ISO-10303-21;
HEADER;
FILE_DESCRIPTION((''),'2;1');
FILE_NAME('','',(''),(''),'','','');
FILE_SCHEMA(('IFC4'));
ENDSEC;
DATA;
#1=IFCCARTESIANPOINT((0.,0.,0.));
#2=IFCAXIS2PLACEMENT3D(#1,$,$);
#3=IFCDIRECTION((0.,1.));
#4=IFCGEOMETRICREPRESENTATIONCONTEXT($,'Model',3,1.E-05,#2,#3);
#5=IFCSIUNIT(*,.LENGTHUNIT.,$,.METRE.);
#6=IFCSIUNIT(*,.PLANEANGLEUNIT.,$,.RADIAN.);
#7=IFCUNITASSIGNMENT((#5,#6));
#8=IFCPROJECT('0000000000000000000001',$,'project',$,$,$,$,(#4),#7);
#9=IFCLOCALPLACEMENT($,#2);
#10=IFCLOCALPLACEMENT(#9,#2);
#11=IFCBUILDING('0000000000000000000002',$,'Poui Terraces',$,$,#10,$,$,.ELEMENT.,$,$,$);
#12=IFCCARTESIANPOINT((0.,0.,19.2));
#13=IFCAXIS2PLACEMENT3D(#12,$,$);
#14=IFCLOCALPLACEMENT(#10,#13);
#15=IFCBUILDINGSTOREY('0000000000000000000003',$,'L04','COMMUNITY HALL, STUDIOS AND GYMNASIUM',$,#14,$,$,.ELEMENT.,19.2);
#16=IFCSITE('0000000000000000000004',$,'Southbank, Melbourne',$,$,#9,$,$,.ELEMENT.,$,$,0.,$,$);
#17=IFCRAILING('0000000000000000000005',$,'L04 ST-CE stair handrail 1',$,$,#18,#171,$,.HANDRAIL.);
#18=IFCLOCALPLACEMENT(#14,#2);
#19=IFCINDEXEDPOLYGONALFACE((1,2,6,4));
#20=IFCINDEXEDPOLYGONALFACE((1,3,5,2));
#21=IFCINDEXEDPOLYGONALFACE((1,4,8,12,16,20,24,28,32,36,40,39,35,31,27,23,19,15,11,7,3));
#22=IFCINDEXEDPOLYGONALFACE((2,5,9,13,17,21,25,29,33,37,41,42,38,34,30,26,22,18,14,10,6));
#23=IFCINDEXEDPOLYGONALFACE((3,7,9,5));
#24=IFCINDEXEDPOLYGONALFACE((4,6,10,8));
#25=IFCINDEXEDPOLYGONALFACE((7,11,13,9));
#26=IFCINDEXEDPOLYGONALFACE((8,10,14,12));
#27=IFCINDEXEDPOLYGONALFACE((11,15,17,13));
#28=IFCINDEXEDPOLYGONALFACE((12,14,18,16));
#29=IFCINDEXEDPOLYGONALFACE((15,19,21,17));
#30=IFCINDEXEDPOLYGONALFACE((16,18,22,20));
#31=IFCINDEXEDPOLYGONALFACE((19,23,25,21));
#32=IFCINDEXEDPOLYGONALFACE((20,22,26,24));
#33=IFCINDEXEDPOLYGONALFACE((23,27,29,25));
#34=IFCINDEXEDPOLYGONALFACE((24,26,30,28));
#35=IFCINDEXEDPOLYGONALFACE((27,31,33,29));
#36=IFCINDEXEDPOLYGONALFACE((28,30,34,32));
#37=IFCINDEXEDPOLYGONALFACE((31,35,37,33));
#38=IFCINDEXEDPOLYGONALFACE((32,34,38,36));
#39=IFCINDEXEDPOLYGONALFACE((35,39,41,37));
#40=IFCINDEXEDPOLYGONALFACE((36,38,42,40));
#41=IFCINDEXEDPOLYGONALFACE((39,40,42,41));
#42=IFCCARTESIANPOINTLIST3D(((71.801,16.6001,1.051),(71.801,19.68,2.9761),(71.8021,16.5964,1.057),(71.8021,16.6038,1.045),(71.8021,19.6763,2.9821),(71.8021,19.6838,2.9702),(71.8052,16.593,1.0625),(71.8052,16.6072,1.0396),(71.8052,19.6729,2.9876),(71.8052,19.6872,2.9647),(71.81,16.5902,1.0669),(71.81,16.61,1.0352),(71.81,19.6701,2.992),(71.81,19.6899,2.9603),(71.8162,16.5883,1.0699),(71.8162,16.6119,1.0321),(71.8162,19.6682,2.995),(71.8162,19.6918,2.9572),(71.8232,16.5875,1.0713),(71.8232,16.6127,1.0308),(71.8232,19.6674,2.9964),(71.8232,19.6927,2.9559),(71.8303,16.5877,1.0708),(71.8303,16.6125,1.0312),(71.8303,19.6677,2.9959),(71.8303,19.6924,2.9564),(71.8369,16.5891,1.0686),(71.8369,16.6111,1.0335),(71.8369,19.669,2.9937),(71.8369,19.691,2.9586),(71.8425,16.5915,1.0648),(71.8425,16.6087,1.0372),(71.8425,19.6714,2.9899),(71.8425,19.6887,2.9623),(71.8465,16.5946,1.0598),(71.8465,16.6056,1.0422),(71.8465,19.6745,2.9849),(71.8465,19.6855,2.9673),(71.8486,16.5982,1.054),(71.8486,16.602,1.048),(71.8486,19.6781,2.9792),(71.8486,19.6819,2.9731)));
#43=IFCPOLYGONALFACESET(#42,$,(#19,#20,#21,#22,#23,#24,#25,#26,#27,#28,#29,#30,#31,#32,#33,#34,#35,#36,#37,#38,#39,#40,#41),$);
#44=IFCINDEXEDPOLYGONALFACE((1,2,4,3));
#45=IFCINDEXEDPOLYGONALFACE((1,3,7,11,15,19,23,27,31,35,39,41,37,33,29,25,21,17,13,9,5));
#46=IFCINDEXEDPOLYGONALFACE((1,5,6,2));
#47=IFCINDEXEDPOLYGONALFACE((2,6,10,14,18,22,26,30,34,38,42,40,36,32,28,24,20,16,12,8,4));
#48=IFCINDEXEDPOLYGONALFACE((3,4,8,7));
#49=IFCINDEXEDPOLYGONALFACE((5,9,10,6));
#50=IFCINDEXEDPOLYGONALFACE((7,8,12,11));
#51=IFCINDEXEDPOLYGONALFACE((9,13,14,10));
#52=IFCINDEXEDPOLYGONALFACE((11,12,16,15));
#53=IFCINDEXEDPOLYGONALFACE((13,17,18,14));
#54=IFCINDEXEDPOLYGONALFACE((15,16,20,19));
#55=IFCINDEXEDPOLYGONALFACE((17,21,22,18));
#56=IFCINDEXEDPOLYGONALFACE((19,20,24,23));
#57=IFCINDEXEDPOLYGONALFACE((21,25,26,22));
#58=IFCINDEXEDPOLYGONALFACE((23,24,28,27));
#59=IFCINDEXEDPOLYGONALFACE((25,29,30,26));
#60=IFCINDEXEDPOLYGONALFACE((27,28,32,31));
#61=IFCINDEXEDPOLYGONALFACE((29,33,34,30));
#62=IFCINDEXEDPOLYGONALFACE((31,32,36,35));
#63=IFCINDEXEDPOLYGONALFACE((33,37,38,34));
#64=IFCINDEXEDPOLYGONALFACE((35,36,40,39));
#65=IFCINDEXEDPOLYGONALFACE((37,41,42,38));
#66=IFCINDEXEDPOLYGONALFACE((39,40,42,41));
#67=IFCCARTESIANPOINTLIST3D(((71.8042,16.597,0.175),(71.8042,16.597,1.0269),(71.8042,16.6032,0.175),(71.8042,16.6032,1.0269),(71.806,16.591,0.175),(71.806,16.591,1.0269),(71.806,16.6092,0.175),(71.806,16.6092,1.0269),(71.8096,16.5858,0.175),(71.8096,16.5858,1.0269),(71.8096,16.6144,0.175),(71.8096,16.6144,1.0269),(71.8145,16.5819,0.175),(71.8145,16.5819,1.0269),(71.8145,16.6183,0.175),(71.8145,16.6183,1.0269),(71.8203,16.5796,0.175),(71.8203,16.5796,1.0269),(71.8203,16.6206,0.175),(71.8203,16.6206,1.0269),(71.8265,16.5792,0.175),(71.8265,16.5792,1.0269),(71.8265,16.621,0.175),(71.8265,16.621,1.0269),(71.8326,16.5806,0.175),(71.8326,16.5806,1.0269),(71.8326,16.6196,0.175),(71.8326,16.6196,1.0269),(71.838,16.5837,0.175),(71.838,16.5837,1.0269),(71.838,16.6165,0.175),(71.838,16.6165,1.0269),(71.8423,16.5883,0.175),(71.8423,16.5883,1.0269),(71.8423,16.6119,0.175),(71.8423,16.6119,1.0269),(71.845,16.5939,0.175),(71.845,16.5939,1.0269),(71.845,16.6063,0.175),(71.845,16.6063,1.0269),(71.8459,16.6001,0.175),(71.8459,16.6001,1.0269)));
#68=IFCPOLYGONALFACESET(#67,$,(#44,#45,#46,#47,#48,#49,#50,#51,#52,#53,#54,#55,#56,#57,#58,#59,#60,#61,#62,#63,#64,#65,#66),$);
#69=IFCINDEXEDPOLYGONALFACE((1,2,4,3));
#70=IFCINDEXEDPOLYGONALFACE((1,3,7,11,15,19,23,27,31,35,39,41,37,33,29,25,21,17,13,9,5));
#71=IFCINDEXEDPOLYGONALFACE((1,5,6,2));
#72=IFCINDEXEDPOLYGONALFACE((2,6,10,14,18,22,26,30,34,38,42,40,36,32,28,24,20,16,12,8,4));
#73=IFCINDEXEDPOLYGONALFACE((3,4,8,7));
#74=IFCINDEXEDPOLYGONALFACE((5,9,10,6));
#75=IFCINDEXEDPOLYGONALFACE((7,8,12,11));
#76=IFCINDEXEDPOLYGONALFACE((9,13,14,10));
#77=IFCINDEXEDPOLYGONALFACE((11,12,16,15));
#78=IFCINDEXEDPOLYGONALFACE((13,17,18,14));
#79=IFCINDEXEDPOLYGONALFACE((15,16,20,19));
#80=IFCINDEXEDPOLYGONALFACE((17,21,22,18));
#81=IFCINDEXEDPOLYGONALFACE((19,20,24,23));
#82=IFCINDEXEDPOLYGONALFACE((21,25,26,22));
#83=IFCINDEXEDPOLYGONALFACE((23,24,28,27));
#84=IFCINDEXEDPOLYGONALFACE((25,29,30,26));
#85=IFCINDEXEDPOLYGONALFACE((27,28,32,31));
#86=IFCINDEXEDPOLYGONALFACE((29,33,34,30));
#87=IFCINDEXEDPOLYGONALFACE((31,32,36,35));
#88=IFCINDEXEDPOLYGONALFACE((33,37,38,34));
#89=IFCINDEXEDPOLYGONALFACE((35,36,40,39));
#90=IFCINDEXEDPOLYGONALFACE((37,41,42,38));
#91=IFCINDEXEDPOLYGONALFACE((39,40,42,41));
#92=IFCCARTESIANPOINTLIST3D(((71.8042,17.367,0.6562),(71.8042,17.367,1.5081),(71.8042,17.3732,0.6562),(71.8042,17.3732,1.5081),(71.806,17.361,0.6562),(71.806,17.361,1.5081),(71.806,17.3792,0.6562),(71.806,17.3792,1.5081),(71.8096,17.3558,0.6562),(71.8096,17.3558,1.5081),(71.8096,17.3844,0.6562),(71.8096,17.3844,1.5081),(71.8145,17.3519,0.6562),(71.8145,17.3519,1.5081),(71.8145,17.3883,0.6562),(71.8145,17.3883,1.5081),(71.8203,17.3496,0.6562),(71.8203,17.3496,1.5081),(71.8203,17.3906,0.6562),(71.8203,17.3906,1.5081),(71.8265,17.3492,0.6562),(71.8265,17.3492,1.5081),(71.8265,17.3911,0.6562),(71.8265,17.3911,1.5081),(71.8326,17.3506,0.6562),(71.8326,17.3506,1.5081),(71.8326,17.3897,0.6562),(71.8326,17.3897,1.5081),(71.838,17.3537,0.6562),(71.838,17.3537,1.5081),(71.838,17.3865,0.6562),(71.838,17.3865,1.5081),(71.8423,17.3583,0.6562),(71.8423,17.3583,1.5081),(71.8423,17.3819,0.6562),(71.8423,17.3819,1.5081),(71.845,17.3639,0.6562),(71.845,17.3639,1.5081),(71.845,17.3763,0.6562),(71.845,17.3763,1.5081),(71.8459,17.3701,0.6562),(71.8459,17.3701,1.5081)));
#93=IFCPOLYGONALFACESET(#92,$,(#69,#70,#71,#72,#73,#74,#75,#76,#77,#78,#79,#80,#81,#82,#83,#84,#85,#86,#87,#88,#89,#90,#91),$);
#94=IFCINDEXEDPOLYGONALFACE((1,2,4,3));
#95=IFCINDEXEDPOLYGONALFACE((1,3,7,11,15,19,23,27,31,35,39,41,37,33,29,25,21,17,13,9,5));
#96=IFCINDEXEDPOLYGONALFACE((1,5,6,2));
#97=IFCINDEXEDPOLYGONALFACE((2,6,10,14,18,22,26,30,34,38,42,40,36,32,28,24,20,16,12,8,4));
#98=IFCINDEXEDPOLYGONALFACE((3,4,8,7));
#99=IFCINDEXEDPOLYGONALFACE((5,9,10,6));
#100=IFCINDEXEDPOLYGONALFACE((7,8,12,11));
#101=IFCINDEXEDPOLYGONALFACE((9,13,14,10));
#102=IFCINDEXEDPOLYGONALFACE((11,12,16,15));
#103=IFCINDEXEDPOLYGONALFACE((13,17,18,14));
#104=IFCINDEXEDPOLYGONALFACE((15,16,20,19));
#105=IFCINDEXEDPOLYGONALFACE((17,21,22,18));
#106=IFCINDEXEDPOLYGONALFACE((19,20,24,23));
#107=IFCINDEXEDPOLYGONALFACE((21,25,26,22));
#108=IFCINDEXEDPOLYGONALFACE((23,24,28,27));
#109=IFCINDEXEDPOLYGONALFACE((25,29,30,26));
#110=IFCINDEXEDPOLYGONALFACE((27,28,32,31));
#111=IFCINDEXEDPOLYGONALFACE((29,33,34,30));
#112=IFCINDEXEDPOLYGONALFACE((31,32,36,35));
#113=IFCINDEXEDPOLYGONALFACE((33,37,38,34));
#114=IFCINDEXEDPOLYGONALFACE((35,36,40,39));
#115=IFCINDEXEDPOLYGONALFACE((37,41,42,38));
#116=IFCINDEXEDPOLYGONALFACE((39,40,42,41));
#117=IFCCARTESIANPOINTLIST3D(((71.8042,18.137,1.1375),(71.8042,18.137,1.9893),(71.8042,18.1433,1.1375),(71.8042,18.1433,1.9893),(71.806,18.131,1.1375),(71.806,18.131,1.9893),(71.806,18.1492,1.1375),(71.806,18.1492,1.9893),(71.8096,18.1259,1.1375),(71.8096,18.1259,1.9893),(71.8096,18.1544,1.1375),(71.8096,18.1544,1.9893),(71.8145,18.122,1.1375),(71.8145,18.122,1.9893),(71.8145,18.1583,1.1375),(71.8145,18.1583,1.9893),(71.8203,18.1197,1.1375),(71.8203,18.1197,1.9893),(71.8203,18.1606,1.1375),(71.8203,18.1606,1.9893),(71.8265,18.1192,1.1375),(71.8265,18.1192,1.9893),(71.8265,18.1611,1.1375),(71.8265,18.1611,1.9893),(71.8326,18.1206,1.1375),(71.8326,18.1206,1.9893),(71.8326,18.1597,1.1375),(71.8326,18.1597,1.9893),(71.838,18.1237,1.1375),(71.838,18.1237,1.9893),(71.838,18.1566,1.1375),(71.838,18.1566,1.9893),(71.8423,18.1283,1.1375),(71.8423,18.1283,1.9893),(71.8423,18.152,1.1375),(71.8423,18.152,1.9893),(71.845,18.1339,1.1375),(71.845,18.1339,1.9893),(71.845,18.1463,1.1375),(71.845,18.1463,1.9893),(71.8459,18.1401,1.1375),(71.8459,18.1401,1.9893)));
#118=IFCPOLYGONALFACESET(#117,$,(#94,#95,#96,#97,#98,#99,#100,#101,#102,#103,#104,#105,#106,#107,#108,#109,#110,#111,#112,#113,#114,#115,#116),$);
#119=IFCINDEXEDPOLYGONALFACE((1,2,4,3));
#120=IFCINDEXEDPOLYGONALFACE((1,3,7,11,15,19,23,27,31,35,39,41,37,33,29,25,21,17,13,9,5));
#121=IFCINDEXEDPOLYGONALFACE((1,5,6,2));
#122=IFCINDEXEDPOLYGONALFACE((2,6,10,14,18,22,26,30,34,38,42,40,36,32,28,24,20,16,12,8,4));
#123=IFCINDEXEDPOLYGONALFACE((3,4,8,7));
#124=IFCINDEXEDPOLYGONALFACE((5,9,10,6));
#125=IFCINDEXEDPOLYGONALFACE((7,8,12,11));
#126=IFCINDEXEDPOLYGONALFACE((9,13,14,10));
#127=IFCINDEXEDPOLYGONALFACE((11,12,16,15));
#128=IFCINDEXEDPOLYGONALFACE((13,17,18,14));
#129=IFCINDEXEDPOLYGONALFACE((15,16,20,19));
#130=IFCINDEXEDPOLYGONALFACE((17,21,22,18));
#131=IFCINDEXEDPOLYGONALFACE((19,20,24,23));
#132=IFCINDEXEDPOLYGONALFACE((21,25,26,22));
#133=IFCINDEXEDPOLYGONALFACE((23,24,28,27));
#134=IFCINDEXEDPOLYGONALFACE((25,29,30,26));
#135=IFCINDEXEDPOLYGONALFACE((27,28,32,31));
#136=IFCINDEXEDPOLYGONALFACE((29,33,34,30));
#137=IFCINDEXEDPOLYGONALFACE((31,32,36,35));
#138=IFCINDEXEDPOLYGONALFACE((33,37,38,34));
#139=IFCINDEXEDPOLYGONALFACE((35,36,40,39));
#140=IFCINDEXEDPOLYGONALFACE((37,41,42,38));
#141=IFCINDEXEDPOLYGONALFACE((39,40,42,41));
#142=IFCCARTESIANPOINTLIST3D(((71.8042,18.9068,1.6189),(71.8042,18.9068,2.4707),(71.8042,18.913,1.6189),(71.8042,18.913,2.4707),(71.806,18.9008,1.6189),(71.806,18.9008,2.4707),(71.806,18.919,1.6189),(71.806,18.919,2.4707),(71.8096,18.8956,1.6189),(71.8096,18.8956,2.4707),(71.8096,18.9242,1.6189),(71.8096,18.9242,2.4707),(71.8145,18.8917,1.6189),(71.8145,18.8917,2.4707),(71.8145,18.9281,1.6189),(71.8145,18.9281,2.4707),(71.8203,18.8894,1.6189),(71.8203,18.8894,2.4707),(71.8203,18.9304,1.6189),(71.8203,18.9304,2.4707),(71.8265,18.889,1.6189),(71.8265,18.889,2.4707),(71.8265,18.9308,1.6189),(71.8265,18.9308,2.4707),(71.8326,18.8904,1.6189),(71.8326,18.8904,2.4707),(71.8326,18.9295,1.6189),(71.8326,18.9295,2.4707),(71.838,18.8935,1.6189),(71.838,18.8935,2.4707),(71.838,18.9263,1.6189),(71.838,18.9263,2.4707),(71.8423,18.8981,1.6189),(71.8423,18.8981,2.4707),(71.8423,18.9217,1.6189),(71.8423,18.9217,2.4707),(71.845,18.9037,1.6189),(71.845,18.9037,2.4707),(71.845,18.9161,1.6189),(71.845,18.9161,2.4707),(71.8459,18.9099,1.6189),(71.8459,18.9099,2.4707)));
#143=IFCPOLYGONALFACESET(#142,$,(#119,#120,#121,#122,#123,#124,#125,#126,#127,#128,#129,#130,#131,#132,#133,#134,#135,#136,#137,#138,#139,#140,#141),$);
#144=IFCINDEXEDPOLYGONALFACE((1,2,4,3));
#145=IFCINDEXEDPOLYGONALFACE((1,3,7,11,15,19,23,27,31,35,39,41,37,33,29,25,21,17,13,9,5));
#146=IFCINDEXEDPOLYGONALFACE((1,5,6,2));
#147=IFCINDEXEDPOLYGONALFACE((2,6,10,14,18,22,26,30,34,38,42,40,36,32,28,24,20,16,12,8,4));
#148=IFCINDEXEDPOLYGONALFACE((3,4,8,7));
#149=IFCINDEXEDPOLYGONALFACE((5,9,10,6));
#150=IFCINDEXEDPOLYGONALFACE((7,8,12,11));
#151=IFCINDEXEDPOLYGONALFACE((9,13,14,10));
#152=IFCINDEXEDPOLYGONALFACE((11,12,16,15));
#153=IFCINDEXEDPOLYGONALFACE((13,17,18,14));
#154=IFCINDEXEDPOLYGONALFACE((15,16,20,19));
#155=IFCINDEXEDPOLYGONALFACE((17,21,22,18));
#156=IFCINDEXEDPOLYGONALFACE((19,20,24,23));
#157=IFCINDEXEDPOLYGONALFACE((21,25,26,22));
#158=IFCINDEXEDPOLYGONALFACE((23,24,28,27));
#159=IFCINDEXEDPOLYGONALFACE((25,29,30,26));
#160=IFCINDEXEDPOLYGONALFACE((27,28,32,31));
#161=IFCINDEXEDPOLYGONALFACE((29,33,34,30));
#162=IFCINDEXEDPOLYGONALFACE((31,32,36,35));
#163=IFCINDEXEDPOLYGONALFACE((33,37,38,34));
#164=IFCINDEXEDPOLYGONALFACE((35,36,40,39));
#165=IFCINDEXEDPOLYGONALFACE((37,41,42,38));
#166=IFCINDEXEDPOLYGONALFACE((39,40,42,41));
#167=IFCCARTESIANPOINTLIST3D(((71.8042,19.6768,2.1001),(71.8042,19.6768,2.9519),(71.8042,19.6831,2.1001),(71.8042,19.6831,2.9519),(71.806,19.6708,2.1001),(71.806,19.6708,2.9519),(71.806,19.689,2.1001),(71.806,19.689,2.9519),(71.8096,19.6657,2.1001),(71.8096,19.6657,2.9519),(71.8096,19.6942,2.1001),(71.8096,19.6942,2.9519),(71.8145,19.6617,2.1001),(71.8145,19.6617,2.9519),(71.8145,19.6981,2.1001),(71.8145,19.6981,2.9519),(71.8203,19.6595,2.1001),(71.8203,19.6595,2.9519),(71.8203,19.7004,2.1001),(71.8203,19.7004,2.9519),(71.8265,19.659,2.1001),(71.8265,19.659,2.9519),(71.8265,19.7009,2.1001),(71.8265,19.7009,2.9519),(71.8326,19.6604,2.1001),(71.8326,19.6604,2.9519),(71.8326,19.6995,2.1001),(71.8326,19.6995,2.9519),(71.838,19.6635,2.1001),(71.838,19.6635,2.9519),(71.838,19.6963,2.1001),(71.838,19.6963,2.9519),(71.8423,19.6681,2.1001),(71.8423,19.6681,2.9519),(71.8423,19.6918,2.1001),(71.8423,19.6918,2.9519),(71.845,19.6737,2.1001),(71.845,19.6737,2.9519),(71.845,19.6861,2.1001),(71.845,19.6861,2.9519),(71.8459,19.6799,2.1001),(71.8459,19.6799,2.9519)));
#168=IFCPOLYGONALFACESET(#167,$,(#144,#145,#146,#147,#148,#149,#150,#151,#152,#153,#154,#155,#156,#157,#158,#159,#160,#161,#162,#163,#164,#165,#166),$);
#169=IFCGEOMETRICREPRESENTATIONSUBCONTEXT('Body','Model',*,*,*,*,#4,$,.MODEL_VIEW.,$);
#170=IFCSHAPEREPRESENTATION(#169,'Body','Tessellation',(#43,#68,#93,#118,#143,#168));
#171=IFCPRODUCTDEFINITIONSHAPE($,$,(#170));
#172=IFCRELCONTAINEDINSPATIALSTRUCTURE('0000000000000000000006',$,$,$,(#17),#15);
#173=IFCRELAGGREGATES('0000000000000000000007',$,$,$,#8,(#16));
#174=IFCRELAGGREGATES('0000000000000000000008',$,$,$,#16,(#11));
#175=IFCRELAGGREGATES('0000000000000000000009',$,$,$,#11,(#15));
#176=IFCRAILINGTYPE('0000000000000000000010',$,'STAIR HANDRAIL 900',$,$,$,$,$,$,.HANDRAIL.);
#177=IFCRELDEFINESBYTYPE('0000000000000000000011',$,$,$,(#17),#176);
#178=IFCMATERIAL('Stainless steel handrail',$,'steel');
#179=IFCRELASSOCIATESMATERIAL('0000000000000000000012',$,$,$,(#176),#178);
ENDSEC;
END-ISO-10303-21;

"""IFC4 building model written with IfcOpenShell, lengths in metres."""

from ifc_helpers import new_model, si_unit, direction, frame, origin, origin_2d, place, context, subcontext, project, spatial, circle, extrude, material, type_object, element, save


model = new_model("IFC4")

# Units and contexts
model_context = context("Model", 3, precision=1e-05, world=origin(), true_north=direction((0.0, 1.0)))
body_context = subcontext(model_context, "Body", "Model", "MODEL_VIEW")
ifc_project = project(units=[si_unit("LENGTHUNIT", "METRE"), si_unit("PLANEANGLEUNIT", "RADIAN")], contexts=[model_context])

# Site, building, storey
site_placement = place(None, origin())
site = spatial("IfcSite", under=ifc_project, at=site_placement, Name="Southbank, Melbourne", CompositionType="ELEMENT", RefElevation=0.0)
building_placement = place(site_placement, origin())
building = spatial("IfcBuilding", under=site, at=building_placement, Name="Poui Terraces", CompositionType="ELEMENT")
storey_placement = place(building_placement, frame((0.0, 0.0, 19.2)))
storey = spatial("IfcBuildingStorey", under=building, at=storey_placement, Name="L04", Description="COMMUNITY HALL, STUDIOS AND GYMNASIUM", CompositionType="ELEMENT", Elevation=19.2)

# Railing
ifc_material_1 = material(Name="Stainless steel handrail", Category="steel")
railing_type_1 = type_object("IfcRailingType", Name="STAIR HANDRAIL 900", PredefinedType="HANDRAIL", material=ifc_material_1)
railing_1_placement = place(storey_placement, frame((71.825, 16.6001, 0.175)))
element("IfcRailing", 1, at=railing_1_placement, inside=storey, type_object=railing_type_1, Name="L04 ST-CE stair handrail 1", PredefinedType="HANDRAIL", context=body_context, shape_type="SweptSolid", body=[
    extrude(circle(Radius=0.0239, at=origin_2d()), frame((0.0, 0.0, 0.876), z_axis=(0.0, 0.847979, 0.530029), x_axis=(-1.0, 0.0, 0.0)), (0.0, 0.0, 1.0), 3.6321),
    extrude(circle(Radius=0.021, at=origin_2d()), origin(), (0.0, 0.0, 1.0), 0.8518),
    extrude(circle(Radius=0.021, at=origin_2d()), frame((0.0, 0.77, 0.4812)), (0.0, 0.0, 1.0), 0.8518),
    extrude(circle(Radius=0.021, at=origin_2d()), frame((0.0, 1.54, 0.9624)), (0.0, 0.0, 1.0), 0.8518),
    extrude(circle(Radius=0.021, at=origin_2d()), frame((0.0, 2.3098, 1.4438)), (0.0, 0.0, 1.0), 0.8518),
    extrude(circle(Radius=0.021, at=origin_2d()), frame((0.0, 3.0798, 1.925)), (0.0, 0.0, 1.0), 0.8518),
])

save(model, "model.ifc")
